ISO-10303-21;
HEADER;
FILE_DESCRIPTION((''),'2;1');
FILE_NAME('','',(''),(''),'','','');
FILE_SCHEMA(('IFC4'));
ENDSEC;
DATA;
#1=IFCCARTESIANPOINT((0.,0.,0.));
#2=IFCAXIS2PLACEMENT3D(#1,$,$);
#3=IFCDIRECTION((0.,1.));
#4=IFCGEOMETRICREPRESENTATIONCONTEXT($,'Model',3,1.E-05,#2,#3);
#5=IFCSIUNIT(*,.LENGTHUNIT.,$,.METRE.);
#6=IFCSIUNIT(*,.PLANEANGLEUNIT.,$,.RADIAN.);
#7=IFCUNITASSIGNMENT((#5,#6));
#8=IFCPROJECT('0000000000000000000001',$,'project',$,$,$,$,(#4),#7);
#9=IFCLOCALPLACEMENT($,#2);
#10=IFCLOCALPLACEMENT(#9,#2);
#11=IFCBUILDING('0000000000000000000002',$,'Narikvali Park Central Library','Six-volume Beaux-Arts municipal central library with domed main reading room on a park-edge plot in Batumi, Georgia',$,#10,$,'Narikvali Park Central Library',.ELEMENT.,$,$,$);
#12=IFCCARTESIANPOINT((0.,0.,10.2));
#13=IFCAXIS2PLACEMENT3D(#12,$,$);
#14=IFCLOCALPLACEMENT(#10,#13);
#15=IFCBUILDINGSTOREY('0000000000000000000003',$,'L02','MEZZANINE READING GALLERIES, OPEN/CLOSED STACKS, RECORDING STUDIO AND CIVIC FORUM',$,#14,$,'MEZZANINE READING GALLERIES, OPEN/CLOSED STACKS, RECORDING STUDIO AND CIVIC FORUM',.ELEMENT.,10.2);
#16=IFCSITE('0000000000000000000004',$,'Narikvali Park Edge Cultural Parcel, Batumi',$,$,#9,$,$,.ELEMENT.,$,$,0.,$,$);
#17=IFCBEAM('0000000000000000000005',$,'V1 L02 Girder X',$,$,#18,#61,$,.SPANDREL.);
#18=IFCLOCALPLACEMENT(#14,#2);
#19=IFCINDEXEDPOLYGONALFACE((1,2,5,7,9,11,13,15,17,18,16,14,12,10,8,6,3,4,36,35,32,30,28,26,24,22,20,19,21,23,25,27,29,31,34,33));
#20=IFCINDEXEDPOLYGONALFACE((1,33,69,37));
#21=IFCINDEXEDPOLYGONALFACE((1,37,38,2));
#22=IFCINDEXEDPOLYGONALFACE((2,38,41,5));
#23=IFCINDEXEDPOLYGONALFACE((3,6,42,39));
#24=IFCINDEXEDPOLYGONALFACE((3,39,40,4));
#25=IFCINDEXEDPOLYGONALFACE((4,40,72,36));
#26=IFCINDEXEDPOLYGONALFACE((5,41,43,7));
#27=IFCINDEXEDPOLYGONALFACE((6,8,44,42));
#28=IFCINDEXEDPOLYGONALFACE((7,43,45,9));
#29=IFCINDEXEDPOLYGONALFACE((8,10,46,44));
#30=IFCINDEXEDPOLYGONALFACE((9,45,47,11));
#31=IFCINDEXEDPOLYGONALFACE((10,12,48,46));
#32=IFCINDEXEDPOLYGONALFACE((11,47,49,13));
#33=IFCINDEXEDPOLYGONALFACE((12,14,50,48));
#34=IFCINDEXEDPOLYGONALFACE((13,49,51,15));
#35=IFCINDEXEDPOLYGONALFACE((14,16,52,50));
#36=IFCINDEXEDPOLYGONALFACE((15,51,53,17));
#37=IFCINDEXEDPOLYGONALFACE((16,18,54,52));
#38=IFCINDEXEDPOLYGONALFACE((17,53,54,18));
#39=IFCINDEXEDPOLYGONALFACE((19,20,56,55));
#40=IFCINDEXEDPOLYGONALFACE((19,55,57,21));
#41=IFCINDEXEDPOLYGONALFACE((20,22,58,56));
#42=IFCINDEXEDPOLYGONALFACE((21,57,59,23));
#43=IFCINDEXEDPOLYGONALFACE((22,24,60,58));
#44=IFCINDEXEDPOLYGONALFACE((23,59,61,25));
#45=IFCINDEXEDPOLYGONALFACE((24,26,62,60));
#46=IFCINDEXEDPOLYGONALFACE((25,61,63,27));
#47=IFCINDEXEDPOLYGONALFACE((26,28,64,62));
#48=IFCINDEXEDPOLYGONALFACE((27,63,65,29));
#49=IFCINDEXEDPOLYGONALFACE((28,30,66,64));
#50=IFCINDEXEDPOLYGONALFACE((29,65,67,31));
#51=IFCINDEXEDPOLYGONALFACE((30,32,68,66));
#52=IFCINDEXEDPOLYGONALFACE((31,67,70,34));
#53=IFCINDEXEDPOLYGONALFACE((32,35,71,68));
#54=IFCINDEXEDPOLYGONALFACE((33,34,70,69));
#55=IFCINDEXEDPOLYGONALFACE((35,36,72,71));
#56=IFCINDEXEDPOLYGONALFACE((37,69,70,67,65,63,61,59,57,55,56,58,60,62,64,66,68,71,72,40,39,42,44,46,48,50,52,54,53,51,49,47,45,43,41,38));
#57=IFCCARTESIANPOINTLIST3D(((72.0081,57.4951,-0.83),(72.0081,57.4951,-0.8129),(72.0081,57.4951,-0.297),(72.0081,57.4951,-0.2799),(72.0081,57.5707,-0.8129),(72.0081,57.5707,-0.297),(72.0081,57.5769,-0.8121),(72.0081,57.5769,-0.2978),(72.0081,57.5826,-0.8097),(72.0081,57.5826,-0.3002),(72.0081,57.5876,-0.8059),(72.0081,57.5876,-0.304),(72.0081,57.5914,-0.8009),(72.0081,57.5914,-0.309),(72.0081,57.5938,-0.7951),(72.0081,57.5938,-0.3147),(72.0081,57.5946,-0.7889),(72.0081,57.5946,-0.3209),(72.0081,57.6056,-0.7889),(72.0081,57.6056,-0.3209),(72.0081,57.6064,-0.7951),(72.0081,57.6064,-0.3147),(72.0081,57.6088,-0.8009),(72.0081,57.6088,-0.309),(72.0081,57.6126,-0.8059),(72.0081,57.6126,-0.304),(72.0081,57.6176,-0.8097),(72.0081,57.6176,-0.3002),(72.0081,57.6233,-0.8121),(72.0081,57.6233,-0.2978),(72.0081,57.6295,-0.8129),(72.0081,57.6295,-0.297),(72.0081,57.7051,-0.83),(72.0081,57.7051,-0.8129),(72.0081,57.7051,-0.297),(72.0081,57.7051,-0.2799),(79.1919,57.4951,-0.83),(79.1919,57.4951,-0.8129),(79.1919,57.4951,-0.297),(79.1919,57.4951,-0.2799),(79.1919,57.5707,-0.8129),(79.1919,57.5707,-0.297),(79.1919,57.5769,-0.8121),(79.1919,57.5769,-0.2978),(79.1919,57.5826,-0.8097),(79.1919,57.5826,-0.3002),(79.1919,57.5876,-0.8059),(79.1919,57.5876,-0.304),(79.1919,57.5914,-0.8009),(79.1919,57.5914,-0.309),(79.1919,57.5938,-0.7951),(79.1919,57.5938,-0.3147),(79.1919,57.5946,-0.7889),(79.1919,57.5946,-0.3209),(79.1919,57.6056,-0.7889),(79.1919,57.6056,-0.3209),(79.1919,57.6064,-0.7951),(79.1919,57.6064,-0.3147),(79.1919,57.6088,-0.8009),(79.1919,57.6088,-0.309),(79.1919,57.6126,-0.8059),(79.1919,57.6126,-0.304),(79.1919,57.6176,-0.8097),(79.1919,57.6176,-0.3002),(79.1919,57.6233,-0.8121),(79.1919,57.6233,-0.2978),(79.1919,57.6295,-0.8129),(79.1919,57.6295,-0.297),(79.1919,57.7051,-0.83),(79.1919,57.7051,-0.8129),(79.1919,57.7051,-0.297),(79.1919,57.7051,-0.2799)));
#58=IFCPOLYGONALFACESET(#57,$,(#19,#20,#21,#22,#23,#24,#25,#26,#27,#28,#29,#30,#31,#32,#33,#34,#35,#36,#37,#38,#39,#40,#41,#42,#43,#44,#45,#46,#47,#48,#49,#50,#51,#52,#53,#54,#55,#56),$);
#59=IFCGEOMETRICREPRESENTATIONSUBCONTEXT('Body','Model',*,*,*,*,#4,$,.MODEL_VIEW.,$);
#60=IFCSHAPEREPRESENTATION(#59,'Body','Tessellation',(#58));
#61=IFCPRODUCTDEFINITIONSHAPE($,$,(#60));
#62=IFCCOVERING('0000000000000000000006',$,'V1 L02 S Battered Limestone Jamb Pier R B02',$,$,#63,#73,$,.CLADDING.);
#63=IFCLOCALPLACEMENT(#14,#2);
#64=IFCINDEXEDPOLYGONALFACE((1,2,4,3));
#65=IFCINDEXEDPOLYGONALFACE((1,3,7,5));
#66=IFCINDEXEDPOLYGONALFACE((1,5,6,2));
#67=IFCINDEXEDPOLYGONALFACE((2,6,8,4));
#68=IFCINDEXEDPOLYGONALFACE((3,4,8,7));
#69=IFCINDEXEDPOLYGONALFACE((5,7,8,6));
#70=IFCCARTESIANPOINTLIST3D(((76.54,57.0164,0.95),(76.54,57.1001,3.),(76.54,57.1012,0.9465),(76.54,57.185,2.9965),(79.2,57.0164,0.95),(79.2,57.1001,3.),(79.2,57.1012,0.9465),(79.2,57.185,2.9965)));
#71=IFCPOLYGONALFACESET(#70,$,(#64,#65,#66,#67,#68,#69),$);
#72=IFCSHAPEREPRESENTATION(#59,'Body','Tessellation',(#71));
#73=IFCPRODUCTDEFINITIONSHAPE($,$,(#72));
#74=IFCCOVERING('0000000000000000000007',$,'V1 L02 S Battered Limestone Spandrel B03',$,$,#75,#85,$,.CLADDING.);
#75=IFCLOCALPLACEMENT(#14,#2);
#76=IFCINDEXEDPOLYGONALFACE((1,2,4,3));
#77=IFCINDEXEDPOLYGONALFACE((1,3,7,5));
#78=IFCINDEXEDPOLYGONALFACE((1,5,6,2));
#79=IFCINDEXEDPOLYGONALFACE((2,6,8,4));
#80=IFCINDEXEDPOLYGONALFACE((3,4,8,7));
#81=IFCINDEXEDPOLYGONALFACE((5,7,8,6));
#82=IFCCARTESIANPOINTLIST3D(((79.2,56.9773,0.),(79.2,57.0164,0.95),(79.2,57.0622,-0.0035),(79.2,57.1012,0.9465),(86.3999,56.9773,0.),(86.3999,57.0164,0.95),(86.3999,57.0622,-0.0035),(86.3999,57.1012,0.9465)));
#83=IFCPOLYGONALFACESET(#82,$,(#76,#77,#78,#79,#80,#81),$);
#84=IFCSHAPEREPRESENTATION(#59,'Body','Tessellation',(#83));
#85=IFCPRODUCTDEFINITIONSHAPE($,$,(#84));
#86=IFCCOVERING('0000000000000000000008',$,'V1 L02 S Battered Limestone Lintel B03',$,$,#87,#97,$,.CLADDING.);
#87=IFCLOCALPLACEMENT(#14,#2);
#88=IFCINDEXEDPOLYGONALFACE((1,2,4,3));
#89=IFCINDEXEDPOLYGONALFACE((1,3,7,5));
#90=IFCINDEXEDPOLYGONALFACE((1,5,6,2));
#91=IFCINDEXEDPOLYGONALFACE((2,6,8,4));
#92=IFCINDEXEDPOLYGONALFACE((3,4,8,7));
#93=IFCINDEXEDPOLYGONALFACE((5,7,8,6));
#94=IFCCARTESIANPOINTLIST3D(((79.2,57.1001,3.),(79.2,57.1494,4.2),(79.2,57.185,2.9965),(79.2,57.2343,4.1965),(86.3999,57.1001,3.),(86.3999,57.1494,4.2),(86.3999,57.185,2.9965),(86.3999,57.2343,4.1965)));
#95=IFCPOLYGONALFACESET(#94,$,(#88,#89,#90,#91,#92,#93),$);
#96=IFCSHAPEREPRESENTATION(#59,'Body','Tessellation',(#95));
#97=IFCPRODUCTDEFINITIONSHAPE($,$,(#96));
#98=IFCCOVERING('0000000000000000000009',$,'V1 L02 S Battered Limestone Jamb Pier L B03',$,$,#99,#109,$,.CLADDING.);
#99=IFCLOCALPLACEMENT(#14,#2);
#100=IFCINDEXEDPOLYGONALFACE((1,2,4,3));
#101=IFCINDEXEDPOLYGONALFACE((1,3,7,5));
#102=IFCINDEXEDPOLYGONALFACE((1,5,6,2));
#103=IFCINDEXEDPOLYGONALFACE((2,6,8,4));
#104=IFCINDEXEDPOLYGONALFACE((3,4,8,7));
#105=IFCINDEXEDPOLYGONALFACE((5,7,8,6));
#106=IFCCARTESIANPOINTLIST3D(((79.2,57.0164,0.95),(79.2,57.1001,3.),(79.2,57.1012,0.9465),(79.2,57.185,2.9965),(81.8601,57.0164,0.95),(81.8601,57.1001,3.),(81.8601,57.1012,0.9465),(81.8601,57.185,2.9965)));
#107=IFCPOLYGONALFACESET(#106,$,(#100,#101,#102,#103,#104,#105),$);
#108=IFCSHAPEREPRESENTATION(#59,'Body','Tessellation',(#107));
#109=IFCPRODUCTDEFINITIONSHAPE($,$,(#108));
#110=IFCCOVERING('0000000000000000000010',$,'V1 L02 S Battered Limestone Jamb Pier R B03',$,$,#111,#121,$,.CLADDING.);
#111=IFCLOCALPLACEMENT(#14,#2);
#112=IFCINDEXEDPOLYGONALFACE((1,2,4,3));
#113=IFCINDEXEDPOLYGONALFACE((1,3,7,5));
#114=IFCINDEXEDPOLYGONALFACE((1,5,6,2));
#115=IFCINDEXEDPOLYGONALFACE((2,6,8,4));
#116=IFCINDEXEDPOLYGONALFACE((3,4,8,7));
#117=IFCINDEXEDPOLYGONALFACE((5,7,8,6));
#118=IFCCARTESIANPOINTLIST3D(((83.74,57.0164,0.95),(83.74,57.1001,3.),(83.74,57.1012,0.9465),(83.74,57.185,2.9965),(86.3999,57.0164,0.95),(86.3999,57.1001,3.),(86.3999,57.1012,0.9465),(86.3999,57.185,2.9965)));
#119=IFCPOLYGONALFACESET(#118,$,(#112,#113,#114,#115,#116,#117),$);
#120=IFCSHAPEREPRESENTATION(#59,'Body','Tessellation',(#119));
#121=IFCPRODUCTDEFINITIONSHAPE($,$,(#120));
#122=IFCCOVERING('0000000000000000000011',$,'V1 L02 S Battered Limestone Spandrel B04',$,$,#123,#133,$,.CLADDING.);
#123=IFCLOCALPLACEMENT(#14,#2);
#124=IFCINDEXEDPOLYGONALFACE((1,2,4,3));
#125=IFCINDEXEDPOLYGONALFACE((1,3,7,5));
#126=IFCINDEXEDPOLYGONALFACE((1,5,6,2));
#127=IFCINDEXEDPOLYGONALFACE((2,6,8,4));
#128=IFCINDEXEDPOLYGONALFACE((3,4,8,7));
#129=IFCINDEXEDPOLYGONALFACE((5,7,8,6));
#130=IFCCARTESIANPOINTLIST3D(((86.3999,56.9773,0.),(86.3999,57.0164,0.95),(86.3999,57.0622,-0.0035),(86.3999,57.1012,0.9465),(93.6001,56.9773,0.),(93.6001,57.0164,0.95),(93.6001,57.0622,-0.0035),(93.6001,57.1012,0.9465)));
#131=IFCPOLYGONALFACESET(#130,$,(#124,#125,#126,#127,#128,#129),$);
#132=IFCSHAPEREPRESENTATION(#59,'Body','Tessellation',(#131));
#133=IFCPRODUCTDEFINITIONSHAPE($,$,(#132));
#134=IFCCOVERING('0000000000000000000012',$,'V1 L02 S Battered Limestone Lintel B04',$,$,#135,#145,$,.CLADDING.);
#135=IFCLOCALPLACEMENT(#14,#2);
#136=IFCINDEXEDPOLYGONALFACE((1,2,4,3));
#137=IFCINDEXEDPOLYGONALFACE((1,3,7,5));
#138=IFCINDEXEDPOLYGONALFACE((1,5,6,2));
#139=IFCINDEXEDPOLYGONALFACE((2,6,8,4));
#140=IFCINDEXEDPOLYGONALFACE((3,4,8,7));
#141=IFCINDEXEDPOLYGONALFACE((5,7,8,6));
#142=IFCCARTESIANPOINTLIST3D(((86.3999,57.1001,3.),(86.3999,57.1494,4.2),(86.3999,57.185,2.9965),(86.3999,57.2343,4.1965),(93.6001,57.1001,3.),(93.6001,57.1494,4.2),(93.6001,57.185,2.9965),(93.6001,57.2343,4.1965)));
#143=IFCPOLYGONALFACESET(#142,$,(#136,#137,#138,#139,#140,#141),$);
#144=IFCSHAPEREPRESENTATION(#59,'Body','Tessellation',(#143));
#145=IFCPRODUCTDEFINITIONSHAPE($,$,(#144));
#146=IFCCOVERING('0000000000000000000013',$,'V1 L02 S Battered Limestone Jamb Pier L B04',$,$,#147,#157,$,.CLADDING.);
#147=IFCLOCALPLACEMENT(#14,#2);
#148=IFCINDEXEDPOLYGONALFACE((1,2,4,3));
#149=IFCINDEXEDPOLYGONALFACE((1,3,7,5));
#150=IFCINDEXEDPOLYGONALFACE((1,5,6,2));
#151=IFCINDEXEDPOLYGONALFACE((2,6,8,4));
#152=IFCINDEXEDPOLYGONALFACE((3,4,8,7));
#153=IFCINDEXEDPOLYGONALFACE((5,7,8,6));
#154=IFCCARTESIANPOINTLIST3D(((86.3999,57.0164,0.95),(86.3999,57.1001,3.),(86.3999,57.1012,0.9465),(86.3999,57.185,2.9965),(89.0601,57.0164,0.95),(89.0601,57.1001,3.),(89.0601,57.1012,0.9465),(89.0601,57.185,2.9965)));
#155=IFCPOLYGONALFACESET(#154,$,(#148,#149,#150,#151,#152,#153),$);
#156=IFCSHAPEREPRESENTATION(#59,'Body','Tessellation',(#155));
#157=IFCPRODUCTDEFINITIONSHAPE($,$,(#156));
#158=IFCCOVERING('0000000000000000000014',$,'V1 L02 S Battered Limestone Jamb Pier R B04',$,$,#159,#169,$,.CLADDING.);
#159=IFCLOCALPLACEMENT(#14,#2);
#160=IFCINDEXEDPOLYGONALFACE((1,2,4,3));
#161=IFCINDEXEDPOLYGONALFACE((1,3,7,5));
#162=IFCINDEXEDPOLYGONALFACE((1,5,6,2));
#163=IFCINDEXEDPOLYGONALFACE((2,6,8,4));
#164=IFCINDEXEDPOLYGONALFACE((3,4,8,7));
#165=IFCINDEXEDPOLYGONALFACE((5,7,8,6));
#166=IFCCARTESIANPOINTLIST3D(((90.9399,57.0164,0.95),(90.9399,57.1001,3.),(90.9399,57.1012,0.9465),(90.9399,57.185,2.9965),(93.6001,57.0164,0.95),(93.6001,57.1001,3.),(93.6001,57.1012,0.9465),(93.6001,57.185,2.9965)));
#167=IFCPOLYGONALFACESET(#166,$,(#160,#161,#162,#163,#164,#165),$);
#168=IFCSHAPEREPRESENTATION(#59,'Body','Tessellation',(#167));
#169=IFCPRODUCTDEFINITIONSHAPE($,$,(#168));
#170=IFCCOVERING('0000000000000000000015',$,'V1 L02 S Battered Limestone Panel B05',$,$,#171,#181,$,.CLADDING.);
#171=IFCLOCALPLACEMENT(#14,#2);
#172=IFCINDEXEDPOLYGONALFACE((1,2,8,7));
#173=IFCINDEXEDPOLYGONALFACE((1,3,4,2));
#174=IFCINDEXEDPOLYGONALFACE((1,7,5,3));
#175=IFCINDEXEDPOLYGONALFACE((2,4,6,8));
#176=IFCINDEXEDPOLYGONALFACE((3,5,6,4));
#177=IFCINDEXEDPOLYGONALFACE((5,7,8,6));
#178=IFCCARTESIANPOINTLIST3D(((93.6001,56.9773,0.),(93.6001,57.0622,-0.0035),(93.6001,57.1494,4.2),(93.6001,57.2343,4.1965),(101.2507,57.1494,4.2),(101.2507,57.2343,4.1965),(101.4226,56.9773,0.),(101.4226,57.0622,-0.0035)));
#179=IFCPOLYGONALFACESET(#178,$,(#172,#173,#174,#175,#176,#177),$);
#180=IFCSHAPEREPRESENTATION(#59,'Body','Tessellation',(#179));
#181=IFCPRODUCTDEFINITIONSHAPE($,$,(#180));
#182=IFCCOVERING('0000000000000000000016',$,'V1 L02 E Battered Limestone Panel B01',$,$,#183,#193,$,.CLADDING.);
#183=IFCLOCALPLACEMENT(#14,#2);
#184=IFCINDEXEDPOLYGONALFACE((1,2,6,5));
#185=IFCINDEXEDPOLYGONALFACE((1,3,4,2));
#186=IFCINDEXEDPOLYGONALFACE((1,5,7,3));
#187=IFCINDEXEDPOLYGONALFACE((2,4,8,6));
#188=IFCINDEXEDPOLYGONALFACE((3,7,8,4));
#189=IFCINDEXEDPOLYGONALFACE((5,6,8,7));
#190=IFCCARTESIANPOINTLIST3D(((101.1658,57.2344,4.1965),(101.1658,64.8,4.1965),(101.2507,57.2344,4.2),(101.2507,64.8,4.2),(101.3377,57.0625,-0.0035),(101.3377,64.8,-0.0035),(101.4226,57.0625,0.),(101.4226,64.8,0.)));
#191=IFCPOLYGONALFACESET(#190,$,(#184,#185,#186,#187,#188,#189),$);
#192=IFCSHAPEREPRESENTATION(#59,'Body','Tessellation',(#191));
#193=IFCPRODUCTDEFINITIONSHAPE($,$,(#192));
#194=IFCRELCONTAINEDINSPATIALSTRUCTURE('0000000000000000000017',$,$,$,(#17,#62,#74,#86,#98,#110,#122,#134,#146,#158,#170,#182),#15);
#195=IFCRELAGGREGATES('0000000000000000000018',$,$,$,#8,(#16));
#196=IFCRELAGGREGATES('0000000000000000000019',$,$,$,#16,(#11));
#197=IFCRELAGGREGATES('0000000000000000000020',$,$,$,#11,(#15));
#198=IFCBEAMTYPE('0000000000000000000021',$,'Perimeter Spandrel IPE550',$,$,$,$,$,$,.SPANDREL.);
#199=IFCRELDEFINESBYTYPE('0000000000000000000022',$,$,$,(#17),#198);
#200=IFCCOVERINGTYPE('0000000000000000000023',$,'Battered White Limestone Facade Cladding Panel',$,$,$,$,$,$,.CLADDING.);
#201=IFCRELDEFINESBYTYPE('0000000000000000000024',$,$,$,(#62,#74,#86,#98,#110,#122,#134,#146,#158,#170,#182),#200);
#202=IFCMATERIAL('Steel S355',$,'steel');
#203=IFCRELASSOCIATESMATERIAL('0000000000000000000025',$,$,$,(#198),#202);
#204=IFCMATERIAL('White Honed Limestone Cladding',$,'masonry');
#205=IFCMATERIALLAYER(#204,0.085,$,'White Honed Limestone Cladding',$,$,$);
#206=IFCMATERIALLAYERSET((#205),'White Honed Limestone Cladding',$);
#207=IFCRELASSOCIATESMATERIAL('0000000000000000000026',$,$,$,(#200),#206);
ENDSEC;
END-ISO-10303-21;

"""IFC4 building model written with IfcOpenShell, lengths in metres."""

from ifc_helpers import new_model, si_unit, direction, frame, origin, origin_2d, place, context, subcontext, project, spatial, polyline, i_section, outline, extrude, material, layer, layer_set, material_profile, profile_set, type_object, element, save


model = new_model("IFC4")

# Units and contexts
model_context = context("Model", 3, precision=1e-05, world=origin(), true_north=direction((0.0, 1.0)))
body_context = subcontext(model_context, "Body", "Model", "MODEL_VIEW")
ifc_project = project(units=[si_unit("LENGTHUNIT", "METRE"), si_unit("PLANEANGLEUNIT", "RADIAN")], contexts=[model_context])

# Site, building, storey
site_placement = place(None, origin())
site = spatial("IfcSite", under=ifc_project, at=site_placement, Name="Narikvali Park Edge Cultural Parcel, Batumi", CompositionType="ELEMENT", RefElevation=0.0)
building_placement = place(site_placement, origin())
building = spatial("IfcBuilding", under=site, at=building_placement, Name="Narikvali Park Central Library", Description="Six-volume Beaux-Arts municipal central library with domed main reading room on a park-edge plot in Batumi, Georgia", LongName="Narikvali Park Central Library", CompositionType="ELEMENT")
storey_placement = place(building_placement, frame((0.0, 0.0, 10.2)))
storey = spatial("IfcBuildingStorey", under=building, at=storey_placement, Name="L02", Description="MEZZANINE READING GALLERIES, OPEN/CLOSED STACKS, RECORDING STUDIO AND CIVIC FORUM", LongName="MEZZANINE READING GALLERIES, OPEN/CLOSED STACKS, RECORDING STUDIO AND CIVIC FORUM", CompositionType="ELEMENT", Elevation=10.2)

# Beam
ifc_material_1 = material(Name="Steel S355", Category="steel")
ifc_material_profile = material_profile(ifc_material_1, i_section(OverallWidth=0.21, OverallDepth=0.55, WebThickness=0.011, FlangeThickness=0.0171, FilletRadius=0.0239, at=origin_2d()), Name="IPE 550")
ifc_profile_set = profile_set([ifc_material_profile], Name="Steel S355")
beam_type = type_object("IfcBeamType", Name="Perimeter Spandrel IPE550", PredefinedType="SPANDREL", material=ifc_profile_set)
beam_placement = place(storey_placement, frame((72.0081, 57.6001, -0.5549), z_axis=(1.0, 0.0, 0.0), x_axis=(0.0, 1.0, 0.0)))
element("IfcBeam", 1, at=beam_placement, inside=storey, type_object=beam_type, Name="V1 L02 Girder X", PredefinedType="SPANDREL", context=body_context, shape_type="SweptSolid", body=[
    extrude(i_section(OverallWidth=0.21, OverallDepth=0.55, WebThickness=0.011, FlangeThickness=0.0171, FilletRadius=0.0239, at=origin_2d()), origin(), (0.0, 0.0, 1.0), 7.1838),
])

# Coverings
ifc_material_2 = material(Name="White Honed Limestone Cladding", Category="masonry")
ifc_layer_1 = layer(ifc_material_2, 0.085, Name="White Honed Limestone Cladding")
ifc_layer_set_1 = layer_set([ifc_layer_1], Name="White Honed Limestone Cladding")
covering_type = type_object("IfcCoveringType", Name="Battered White Limestone Facade Cladding Panel", PredefinedType="CLADDING", material=ifc_layer_set_1)
covering_1_placement = place(storey_placement, frame((76.54, 57.0164, 0.95), z_axis=(0.0, -0.999167, 0.040814), x_axis=(1.0, 0.0, 0.0)))
element("IfcCovering", 2, at=covering_1_placement, inside=storey, type_object=covering_type, Name="V1 L02 S Battered Limestone Jamb Pier R B02", PredefinedType="CLADDING", context=body_context, shape_type="SweptSolid", body=[
    extrude(outline(polyline([(0.0, 0.0), (2.6599, 0.0), (2.6599, 2.0518), (0.0, 2.0518), (0.0, 0.0)])), origin(), (0.0, 0.0, -1.0), 0.085),
])
covering_2_placement = place(storey_placement, frame((79.2, 56.9773, 0.0), z_axis=(0.0, -0.999156, 0.041086), x_axis=(1.0, 0.0, 0.0)))
element("IfcCovering", 3, at=covering_2_placement, inside=storey, type_object=covering_type, Name="V1 L02 S Battered Limestone Spandrel B03", PredefinedType="CLADDING", context=body_context, shape_type="SweptSolid", body=[
    extrude(outline(polyline([(0.0, 0.0), (7.2, 0.0), (7.2, 0.9508), (0.0, 0.9508), (0.0, 0.0)])), origin(), (0.0, 0.0, -1.0), 0.085),
])
covering_3_placement = place(storey_placement, frame((79.2, 57.1001, 3.0), z_axis=(0.0, -0.999157, 0.041064), x_axis=(1.0, 0.0, 0.0)))
element("IfcCovering", 4, at=covering_3_placement, inside=storey, type_object=covering_type, Name="V1 L02 S Battered Limestone Lintel B03", PredefinedType="CLADDING", context=body_context, shape_type="SweptSolid", body=[
    extrude(outline(polyline([(0.0, 0.0), (7.2, 0.0), (7.2, 1.201), (0.0, 1.201), (0.0, 0.0)])), origin(), (0.0, 0.0, -1.0), 0.085),
])
covering_4_placement = place(storey_placement, frame((79.2, 57.0164, 0.95), z_axis=(0.0, -0.999167, 0.040814), x_axis=(1.0, 0.0, 0.0)))
element("IfcCovering", 5, at=covering_4_placement, inside=storey, type_object=covering_type, Name="V1 L02 S Battered Limestone Jamb Pier L B03", PredefinedType="CLADDING", context=body_context, shape_type="SweptSolid", body=[
    extrude(outline(polyline([(0.0, 0.0), (2.6602, 0.0), (2.6602, 2.0518), (0.0, 2.0518), (0.0, 0.0)])), origin(), (0.0, 0.0, -1.0), 0.085),
])
covering_5_placement = place(storey_placement, frame((83.74, 57.0164, 0.95), z_axis=(0.0, -0.999167, 0.040814), x_axis=(1.0, 0.0, 0.0)))
element("IfcCovering", 6, at=covering_5_placement, inside=storey, type_object=covering_type, Name="V1 L02 S Battered Limestone Jamb Pier R B03", PredefinedType="CLADDING", context=body_context, shape_type="SweptSolid", body=[
    extrude(outline(polyline([(0.0, 0.0), (2.6599, 0.0), (2.6599, 2.0518), (0.0, 2.0518), (0.0, 0.0)])), origin(), (0.0, 0.0, -1.0), 0.085),
])
covering_6_placement = place(storey_placement, frame((86.3999, 56.9773, 0.0), z_axis=(0.0, -0.999156, 0.041086), x_axis=(1.0, 0.0, 0.0)))
element("IfcCovering", 7, at=covering_6_placement, inside=storey, type_object=covering_type, Name="V1 L02 S Battered Limestone Spandrel B04", PredefinedType="CLADDING", context=body_context, shape_type="SweptSolid", body=[
    extrude(outline(polyline([(0.0, 0.0), (7.2002, 0.0), (7.2002, 0.9508), (0.0, 0.9508), (0.0, 0.0)])), origin(), (0.0, 0.0, -1.0), 0.085),
])
covering_7_placement = place(storey_placement, frame((86.3999, 57.1001, 3.0), z_axis=(0.0, -0.999157, 0.041064), x_axis=(1.0, 0.0, 0.0)))
element("IfcCovering", 8, at=covering_7_placement, inside=storey, type_object=covering_type, Name="V1 L02 S Battered Limestone Lintel B04", PredefinedType="CLADDING", context=body_context, shape_type="SweptSolid", body=[
    extrude(outline(polyline([(0.0, 0.0), (7.2002, 0.0), (7.2002, 1.201), (0.0, 1.201), (0.0, 0.0)])), origin(), (0.0, 0.0, -1.0), 0.085),
])
for number, where, z_axis, x_axis, name in (
    (9, (86.3999, 57.0164, 0.95), (0.0, -0.999167, 0.040814), (1.0, 0.0, 0.0), "V1 L02 S Battered Limestone Jamb Pier L B04"),
    (10, (90.9399, 57.0164, 0.95), (0.0, -0.999167, 0.040814), (1.0, 0.0, 0.0), "V1 L02 S Battered Limestone Jamb Pier R B04"),
):
    element("IfcCovering", number, at=place(storey_placement, frame(where, z_axis=z_axis, x_axis=x_axis)), inside=storey, type_object=covering_type, Name=name, PredefinedType="CLADDING", context=body_context, shape_type="SweptSolid", body=[
        extrude(outline(polyline([(0.0, 0.0), (2.6602, 0.0), (2.6602, 2.0518), (0.0, 2.0518), (0.0, 0.0)])), origin(), (0.0, 0.0, -1.0), 0.085),
    ])
covering_8_placement = place(storey_placement, frame((93.6001, 56.9773, 0.0), z_axis=(0.0, -0.999161, 0.040947), x_axis=(1.0, 0.0, 0.0)))
element("IfcCovering", 11, at=covering_8_placement, inside=storey, type_object=covering_type, Name="V1 L02 S Battered Limestone Panel B05", PredefinedType="CLADDING", context=body_context, shape_type="SweptSolid", body=[
    extrude(outline(polyline([(0.0, 0.0), (7.8225, 0.0), (7.6506, 4.2035), (0.0, 4.2035), (0.0, 0.0)])), origin(), (0.0, 0.0, -1.0), 0.085),
])
covering_9_placement = place(storey_placement, frame((101.4226, 57.0625, 0.0), z_axis=(0.999164, 0.0, 0.040889), x_axis=(0.0, 1.0, 0.0)))
element("IfcCovering", 12, at=covering_9_placement, inside=storey, type_object=covering_type, Name="V1 L02 E Battered Limestone Panel B01", PredefinedType="CLADDING", context=body_context, shape_type="SweptSolid", body=[
    extrude(outline(polyline([(0.0, 0.0), (7.7375, 0.0), (7.7375, 4.2035), (0.1719, 4.2035), (0.0, 0.0)])), origin(), (0.0, 0.0, -1.0), 0.085),
])

save(model, "model.ifc")
